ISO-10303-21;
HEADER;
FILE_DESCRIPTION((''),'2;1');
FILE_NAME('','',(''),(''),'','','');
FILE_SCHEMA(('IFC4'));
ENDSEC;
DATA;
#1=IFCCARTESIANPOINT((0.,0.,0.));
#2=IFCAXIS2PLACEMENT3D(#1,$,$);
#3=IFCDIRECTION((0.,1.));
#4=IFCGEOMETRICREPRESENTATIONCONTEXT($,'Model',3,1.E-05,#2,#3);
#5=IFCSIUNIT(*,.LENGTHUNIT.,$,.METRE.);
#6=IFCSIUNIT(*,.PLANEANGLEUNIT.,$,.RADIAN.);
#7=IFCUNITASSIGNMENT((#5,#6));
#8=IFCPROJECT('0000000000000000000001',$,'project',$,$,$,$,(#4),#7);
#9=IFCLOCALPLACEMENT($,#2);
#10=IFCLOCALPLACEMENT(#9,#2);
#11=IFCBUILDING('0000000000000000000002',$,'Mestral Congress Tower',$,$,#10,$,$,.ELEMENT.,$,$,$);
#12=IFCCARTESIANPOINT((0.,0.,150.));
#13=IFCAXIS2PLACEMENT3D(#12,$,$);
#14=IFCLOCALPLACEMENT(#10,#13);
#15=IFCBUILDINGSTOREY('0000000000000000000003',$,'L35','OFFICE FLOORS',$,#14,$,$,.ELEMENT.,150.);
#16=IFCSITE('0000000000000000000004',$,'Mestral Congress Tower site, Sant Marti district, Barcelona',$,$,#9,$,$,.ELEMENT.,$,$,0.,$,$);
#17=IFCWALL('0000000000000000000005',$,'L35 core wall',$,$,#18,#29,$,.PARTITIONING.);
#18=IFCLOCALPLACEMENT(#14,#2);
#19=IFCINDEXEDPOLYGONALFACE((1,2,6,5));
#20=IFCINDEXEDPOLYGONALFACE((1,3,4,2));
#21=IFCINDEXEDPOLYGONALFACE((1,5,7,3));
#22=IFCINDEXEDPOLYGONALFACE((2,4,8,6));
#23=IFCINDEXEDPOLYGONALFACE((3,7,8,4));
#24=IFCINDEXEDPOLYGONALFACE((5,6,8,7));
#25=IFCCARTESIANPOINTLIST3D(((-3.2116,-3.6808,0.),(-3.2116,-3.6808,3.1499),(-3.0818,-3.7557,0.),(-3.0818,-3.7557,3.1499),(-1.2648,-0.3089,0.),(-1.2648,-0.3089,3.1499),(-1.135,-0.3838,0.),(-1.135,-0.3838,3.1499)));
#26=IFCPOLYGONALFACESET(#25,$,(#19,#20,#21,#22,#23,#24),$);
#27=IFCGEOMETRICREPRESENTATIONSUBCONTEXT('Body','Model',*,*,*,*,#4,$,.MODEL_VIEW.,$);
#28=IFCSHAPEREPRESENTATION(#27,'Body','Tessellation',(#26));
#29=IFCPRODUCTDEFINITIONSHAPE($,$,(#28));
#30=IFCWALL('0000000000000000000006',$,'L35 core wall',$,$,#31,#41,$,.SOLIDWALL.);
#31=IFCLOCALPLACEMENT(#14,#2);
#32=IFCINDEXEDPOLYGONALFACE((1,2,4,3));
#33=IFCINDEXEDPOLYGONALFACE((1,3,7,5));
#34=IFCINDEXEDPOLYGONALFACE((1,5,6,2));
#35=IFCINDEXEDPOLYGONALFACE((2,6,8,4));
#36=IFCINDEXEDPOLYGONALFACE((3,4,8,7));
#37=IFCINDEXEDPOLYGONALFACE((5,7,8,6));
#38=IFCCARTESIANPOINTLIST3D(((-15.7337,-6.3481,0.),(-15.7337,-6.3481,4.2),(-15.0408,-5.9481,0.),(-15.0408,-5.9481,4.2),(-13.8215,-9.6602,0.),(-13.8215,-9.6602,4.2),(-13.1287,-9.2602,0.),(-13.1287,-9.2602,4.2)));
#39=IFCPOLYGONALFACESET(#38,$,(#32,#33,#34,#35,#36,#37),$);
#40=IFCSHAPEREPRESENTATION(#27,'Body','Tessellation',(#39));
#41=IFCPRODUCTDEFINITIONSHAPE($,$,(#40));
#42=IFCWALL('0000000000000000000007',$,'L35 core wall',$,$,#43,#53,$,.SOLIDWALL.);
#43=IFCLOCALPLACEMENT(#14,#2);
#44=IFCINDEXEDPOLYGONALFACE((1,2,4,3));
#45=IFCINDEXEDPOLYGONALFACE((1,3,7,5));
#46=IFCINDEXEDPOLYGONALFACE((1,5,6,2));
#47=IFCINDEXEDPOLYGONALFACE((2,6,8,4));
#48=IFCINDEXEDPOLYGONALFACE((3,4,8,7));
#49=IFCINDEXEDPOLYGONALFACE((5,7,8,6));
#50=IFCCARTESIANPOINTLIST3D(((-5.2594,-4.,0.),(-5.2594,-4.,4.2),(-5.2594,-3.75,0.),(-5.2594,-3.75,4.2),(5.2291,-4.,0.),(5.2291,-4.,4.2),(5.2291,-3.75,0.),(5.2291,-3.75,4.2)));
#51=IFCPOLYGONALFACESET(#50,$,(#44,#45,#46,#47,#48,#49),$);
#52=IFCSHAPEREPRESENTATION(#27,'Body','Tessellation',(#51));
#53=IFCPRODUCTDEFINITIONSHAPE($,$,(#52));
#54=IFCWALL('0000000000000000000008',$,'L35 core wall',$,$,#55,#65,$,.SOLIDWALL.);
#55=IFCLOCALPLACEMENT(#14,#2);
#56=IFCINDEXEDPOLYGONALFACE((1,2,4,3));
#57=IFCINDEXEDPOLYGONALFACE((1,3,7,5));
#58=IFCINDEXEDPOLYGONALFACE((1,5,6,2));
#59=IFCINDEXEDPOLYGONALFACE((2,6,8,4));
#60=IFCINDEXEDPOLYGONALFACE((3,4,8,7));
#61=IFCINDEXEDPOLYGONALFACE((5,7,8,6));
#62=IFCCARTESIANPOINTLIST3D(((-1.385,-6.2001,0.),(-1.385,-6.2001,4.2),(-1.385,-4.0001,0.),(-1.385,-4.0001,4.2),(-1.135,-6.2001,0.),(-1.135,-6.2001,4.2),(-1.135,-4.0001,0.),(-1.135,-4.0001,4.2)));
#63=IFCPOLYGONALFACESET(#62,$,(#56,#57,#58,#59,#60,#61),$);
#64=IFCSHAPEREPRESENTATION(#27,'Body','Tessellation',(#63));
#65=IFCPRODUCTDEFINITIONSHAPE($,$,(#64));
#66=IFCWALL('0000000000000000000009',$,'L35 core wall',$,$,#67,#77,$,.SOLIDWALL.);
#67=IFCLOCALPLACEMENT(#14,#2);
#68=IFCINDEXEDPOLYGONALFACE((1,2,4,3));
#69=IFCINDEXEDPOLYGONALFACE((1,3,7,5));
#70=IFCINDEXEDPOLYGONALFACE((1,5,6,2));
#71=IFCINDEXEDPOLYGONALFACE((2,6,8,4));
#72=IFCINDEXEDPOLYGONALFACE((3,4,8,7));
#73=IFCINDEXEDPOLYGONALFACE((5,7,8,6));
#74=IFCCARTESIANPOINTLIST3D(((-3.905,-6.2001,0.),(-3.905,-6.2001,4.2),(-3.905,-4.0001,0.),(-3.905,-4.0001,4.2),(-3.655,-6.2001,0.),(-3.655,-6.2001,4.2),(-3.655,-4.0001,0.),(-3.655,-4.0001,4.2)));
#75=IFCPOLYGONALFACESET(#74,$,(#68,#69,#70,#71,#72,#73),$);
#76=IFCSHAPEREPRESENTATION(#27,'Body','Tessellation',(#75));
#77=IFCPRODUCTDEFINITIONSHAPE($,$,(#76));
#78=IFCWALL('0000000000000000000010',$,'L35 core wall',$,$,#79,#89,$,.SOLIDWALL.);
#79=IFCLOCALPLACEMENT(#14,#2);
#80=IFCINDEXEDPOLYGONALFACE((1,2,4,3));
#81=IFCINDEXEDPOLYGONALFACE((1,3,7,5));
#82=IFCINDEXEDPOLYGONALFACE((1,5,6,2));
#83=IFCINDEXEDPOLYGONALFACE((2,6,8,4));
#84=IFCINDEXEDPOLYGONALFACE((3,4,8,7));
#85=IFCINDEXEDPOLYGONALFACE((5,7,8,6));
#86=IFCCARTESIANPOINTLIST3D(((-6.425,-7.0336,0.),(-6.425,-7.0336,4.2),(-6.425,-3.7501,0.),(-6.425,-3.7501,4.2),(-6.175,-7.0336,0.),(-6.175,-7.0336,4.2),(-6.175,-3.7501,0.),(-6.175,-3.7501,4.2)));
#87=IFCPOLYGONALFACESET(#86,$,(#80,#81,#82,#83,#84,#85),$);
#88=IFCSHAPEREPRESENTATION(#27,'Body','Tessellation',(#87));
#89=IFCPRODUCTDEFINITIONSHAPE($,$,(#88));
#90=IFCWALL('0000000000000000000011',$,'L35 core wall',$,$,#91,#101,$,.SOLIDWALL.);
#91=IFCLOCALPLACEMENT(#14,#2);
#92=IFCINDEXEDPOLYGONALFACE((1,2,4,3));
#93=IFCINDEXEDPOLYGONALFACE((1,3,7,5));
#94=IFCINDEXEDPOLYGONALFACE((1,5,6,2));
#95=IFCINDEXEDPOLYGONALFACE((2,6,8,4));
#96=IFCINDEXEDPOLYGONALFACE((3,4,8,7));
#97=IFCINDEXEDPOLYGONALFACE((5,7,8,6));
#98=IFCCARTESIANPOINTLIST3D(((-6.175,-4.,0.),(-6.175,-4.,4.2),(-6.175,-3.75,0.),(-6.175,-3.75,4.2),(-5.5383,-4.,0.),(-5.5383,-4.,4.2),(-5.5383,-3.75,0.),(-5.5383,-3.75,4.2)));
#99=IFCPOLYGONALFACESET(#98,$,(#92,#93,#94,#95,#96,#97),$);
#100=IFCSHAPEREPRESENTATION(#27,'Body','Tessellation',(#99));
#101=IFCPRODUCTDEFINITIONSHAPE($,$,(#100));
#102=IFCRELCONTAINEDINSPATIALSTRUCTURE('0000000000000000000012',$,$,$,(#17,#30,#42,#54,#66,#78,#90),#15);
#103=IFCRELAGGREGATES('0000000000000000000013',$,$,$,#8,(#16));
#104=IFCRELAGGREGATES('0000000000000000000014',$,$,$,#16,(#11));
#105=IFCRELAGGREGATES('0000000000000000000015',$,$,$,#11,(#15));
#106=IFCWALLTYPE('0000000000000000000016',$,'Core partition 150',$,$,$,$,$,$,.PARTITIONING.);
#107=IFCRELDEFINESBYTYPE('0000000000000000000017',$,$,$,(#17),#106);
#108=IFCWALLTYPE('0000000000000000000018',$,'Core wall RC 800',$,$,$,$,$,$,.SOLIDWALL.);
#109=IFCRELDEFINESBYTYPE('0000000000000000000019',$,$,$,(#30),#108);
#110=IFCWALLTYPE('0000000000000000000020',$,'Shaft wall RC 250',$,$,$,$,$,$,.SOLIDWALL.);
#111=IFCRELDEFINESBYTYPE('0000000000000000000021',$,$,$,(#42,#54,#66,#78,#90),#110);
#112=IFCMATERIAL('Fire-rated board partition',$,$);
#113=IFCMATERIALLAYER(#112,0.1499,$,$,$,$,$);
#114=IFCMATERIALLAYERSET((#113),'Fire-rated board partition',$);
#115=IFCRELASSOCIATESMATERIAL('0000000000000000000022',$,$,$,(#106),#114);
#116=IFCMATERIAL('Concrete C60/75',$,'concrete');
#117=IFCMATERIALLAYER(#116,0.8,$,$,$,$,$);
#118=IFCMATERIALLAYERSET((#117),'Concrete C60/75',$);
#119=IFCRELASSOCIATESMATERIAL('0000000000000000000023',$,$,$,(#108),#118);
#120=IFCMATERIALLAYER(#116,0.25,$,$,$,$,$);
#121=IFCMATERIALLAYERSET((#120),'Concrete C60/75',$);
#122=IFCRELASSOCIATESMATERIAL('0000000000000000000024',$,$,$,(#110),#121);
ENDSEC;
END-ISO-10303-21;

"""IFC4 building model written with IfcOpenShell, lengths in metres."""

from ifc_helpers import new_model, si_unit, direction, frame, frame_2d, origin, place, context, subcontext, project, spatial, rectangle, extrude, material, layer, layer_set, type_object, element, save


model = new_model("IFC4")

# Units and contexts
model_context = context("Model", 3, precision=1e-05, world=origin(), true_north=direction((0.0, 1.0)))
body_context = subcontext(model_context, "Body", "Model", "MODEL_VIEW")
ifc_project = project(units=[si_unit("LENGTHUNIT", "METRE"), si_unit("PLANEANGLEUNIT", "RADIAN")], contexts=[model_context])

# Site, building, storey
site_placement = place(None, origin())
site = spatial("IfcSite", under=ifc_project, at=site_placement, Name="Mestral Congress Tower site, Sant Marti district, Barcelona", CompositionType="ELEMENT", RefElevation=0.0)
building_placement = place(site_placement, origin())
building = spatial("IfcBuilding", under=site, at=building_placement, Name="Mestral Congress Tower", CompositionType="ELEMENT")
storey_placement = place(building_placement, frame((0.0, 0.0, 150.0)))
storey = spatial("IfcBuildingStorey", under=building, at=storey_placement, Name="L35", Description="OFFICE FLOORS", CompositionType="ELEMENT", Elevation=150.0)

# Walls
ifc_material_1 = material(Name="Fire-rated board partition")
ifc_layer_1 = layer(ifc_material_1, 0.1499)
ifc_layer_set_1 = layer_set([ifc_layer_1], Name="Fire-rated board partition")
wall_type_1 = type_object("IfcWallType", Name="Core partition 150", PredefinedType="PARTITIONING", material=ifc_layer_set_1)
wall_1_placement = place(storey_placement, frame((-3.1467, -3.7183, 0.0), z_axis=(0.0, 0.0, 1.0), x_axis=(0.50001, 0.86602, 0.0)))
element("IfcWall", 1, at=wall_1_placement, inside=storey, type_object=wall_type_1, Name="L35 core wall", PredefinedType="PARTITIONING", context=body_context, shape_type="SweptSolid", body=[
    extrude(rectangle(XDim=3.8936, YDim=0.1499, at=frame_2d((1.9468, 0.0))), origin(), (0.0, 0.0, 1.0), 3.1499),
])
ifc_material_2 = material(Name="Concrete C60/75", Category="concrete")
ifc_layer_2 = layer(ifc_material_2, 0.8)
ifc_layer_set_2 = layer_set([ifc_layer_2], Name="Concrete C60/75")
wall_type_2 = type_object("IfcWallType", Name="Core wall RC 800", PredefinedType="SOLIDWALL", material=ifc_layer_set_2)
wall_2_placement = place(storey_placement, frame((-15.3872, -6.1482, 0.0), z_axis=(0.0, 0.0, 1.0), x_axis=(0.499984, -0.866035, 0.0)))
element("IfcWall", 2, at=wall_2_placement, inside=storey, type_object=wall_type_2, Name="L35 core wall", PredefinedType="SOLIDWALL", context=body_context, shape_type="SweptSolid", body=[
    extrude(rectangle(XDim=3.8245, YDim=0.8, at=frame_2d((1.9121, 0.0))), origin(), (0.0, 0.0, 1.0), 4.2),
])
ifc_layer_3 = layer(ifc_material_2, 0.25)
ifc_layer_set_3 = layer_set([ifc_layer_3], Name="Concrete C60/75")
wall_type_3 = type_object("IfcWallType", Name="Shaft wall RC 250", PredefinedType="SOLIDWALL", material=ifc_layer_set_3)
wall_3_placement = place(storey_placement, frame((-5.2593, -3.875, 0.0), z_axis=(0.0, 0.0, 1.0), x_axis=(1.0, 0.0, 0.0)))
element("IfcWall", 3, at=wall_3_placement, inside=storey, type_object=wall_type_3, Name="L35 core wall", PredefinedType="SOLIDWALL", context=body_context, shape_type="SweptSolid", body=[
    extrude(rectangle(XDim=10.4885, YDim=0.25, at=frame_2d((5.2441, 0.0))), origin(), (0.0, 0.0, 1.0), 4.2),
])
for number, where, z_axis, x_axis, name in (
    (4, (-1.26, -4.0, 0.0), (0.0, 0.0, 1.0), (0.0, -1.0, 0.0), "L35 core wall"),
    (5, (-3.78, -4.0, 0.0), (0.0, 0.0, 1.0), (0.0, -1.0, 0.0), "L35 core wall"),
):
    element("IfcWall", number, at=place(storey_placement, frame(where, z_axis=z_axis, x_axis=x_axis)), inside=storey, type_object=wall_type_3, Name=name, PredefinedType="SOLIDWALL", context=body_context, shape_type="SweptSolid", body=[
        extrude(rectangle(XDim=2.2, YDim=0.25, at=frame_2d((1.1001, 0.0))), origin(), (0.0, 0.0, 1.0), 4.2),
    ])
wall_4_placement = place(storey_placement, frame((-6.3, -7.0334, 0.0), z_axis=(0.0, 0.0, 1.0), x_axis=(0.0, 1.0, 0.0)))
element("IfcWall", 6, at=wall_4_placement, inside=storey, type_object=wall_type_3, Name="L35 core wall", PredefinedType="SOLIDWALL", context=body_context, shape_type="SweptSolid", body=[
    extrude(rectangle(XDim=3.2834, YDim=0.25, at=frame_2d((1.6416, 0.0))), origin(), (0.0, 0.0, 1.0), 4.2),
])
wall_5_placement = place(storey_placement, frame((-6.175, -3.875, 0.0), z_axis=(0.0, 0.0, 1.0), x_axis=(1.0, 0.0, 0.0)))
element("IfcWall", 7, at=wall_5_placement, inside=storey, type_object=wall_type_3, Name="L35 core wall", PredefinedType="SOLIDWALL", context=body_context, shape_type="SweptSolid", body=[
    extrude(rectangle(XDim=0.6367, YDim=0.25, at=frame_2d((0.3184, 0.0))), origin(), (0.0, 0.0, 1.0), 4.2),
])

save(model, "model.ifc")
